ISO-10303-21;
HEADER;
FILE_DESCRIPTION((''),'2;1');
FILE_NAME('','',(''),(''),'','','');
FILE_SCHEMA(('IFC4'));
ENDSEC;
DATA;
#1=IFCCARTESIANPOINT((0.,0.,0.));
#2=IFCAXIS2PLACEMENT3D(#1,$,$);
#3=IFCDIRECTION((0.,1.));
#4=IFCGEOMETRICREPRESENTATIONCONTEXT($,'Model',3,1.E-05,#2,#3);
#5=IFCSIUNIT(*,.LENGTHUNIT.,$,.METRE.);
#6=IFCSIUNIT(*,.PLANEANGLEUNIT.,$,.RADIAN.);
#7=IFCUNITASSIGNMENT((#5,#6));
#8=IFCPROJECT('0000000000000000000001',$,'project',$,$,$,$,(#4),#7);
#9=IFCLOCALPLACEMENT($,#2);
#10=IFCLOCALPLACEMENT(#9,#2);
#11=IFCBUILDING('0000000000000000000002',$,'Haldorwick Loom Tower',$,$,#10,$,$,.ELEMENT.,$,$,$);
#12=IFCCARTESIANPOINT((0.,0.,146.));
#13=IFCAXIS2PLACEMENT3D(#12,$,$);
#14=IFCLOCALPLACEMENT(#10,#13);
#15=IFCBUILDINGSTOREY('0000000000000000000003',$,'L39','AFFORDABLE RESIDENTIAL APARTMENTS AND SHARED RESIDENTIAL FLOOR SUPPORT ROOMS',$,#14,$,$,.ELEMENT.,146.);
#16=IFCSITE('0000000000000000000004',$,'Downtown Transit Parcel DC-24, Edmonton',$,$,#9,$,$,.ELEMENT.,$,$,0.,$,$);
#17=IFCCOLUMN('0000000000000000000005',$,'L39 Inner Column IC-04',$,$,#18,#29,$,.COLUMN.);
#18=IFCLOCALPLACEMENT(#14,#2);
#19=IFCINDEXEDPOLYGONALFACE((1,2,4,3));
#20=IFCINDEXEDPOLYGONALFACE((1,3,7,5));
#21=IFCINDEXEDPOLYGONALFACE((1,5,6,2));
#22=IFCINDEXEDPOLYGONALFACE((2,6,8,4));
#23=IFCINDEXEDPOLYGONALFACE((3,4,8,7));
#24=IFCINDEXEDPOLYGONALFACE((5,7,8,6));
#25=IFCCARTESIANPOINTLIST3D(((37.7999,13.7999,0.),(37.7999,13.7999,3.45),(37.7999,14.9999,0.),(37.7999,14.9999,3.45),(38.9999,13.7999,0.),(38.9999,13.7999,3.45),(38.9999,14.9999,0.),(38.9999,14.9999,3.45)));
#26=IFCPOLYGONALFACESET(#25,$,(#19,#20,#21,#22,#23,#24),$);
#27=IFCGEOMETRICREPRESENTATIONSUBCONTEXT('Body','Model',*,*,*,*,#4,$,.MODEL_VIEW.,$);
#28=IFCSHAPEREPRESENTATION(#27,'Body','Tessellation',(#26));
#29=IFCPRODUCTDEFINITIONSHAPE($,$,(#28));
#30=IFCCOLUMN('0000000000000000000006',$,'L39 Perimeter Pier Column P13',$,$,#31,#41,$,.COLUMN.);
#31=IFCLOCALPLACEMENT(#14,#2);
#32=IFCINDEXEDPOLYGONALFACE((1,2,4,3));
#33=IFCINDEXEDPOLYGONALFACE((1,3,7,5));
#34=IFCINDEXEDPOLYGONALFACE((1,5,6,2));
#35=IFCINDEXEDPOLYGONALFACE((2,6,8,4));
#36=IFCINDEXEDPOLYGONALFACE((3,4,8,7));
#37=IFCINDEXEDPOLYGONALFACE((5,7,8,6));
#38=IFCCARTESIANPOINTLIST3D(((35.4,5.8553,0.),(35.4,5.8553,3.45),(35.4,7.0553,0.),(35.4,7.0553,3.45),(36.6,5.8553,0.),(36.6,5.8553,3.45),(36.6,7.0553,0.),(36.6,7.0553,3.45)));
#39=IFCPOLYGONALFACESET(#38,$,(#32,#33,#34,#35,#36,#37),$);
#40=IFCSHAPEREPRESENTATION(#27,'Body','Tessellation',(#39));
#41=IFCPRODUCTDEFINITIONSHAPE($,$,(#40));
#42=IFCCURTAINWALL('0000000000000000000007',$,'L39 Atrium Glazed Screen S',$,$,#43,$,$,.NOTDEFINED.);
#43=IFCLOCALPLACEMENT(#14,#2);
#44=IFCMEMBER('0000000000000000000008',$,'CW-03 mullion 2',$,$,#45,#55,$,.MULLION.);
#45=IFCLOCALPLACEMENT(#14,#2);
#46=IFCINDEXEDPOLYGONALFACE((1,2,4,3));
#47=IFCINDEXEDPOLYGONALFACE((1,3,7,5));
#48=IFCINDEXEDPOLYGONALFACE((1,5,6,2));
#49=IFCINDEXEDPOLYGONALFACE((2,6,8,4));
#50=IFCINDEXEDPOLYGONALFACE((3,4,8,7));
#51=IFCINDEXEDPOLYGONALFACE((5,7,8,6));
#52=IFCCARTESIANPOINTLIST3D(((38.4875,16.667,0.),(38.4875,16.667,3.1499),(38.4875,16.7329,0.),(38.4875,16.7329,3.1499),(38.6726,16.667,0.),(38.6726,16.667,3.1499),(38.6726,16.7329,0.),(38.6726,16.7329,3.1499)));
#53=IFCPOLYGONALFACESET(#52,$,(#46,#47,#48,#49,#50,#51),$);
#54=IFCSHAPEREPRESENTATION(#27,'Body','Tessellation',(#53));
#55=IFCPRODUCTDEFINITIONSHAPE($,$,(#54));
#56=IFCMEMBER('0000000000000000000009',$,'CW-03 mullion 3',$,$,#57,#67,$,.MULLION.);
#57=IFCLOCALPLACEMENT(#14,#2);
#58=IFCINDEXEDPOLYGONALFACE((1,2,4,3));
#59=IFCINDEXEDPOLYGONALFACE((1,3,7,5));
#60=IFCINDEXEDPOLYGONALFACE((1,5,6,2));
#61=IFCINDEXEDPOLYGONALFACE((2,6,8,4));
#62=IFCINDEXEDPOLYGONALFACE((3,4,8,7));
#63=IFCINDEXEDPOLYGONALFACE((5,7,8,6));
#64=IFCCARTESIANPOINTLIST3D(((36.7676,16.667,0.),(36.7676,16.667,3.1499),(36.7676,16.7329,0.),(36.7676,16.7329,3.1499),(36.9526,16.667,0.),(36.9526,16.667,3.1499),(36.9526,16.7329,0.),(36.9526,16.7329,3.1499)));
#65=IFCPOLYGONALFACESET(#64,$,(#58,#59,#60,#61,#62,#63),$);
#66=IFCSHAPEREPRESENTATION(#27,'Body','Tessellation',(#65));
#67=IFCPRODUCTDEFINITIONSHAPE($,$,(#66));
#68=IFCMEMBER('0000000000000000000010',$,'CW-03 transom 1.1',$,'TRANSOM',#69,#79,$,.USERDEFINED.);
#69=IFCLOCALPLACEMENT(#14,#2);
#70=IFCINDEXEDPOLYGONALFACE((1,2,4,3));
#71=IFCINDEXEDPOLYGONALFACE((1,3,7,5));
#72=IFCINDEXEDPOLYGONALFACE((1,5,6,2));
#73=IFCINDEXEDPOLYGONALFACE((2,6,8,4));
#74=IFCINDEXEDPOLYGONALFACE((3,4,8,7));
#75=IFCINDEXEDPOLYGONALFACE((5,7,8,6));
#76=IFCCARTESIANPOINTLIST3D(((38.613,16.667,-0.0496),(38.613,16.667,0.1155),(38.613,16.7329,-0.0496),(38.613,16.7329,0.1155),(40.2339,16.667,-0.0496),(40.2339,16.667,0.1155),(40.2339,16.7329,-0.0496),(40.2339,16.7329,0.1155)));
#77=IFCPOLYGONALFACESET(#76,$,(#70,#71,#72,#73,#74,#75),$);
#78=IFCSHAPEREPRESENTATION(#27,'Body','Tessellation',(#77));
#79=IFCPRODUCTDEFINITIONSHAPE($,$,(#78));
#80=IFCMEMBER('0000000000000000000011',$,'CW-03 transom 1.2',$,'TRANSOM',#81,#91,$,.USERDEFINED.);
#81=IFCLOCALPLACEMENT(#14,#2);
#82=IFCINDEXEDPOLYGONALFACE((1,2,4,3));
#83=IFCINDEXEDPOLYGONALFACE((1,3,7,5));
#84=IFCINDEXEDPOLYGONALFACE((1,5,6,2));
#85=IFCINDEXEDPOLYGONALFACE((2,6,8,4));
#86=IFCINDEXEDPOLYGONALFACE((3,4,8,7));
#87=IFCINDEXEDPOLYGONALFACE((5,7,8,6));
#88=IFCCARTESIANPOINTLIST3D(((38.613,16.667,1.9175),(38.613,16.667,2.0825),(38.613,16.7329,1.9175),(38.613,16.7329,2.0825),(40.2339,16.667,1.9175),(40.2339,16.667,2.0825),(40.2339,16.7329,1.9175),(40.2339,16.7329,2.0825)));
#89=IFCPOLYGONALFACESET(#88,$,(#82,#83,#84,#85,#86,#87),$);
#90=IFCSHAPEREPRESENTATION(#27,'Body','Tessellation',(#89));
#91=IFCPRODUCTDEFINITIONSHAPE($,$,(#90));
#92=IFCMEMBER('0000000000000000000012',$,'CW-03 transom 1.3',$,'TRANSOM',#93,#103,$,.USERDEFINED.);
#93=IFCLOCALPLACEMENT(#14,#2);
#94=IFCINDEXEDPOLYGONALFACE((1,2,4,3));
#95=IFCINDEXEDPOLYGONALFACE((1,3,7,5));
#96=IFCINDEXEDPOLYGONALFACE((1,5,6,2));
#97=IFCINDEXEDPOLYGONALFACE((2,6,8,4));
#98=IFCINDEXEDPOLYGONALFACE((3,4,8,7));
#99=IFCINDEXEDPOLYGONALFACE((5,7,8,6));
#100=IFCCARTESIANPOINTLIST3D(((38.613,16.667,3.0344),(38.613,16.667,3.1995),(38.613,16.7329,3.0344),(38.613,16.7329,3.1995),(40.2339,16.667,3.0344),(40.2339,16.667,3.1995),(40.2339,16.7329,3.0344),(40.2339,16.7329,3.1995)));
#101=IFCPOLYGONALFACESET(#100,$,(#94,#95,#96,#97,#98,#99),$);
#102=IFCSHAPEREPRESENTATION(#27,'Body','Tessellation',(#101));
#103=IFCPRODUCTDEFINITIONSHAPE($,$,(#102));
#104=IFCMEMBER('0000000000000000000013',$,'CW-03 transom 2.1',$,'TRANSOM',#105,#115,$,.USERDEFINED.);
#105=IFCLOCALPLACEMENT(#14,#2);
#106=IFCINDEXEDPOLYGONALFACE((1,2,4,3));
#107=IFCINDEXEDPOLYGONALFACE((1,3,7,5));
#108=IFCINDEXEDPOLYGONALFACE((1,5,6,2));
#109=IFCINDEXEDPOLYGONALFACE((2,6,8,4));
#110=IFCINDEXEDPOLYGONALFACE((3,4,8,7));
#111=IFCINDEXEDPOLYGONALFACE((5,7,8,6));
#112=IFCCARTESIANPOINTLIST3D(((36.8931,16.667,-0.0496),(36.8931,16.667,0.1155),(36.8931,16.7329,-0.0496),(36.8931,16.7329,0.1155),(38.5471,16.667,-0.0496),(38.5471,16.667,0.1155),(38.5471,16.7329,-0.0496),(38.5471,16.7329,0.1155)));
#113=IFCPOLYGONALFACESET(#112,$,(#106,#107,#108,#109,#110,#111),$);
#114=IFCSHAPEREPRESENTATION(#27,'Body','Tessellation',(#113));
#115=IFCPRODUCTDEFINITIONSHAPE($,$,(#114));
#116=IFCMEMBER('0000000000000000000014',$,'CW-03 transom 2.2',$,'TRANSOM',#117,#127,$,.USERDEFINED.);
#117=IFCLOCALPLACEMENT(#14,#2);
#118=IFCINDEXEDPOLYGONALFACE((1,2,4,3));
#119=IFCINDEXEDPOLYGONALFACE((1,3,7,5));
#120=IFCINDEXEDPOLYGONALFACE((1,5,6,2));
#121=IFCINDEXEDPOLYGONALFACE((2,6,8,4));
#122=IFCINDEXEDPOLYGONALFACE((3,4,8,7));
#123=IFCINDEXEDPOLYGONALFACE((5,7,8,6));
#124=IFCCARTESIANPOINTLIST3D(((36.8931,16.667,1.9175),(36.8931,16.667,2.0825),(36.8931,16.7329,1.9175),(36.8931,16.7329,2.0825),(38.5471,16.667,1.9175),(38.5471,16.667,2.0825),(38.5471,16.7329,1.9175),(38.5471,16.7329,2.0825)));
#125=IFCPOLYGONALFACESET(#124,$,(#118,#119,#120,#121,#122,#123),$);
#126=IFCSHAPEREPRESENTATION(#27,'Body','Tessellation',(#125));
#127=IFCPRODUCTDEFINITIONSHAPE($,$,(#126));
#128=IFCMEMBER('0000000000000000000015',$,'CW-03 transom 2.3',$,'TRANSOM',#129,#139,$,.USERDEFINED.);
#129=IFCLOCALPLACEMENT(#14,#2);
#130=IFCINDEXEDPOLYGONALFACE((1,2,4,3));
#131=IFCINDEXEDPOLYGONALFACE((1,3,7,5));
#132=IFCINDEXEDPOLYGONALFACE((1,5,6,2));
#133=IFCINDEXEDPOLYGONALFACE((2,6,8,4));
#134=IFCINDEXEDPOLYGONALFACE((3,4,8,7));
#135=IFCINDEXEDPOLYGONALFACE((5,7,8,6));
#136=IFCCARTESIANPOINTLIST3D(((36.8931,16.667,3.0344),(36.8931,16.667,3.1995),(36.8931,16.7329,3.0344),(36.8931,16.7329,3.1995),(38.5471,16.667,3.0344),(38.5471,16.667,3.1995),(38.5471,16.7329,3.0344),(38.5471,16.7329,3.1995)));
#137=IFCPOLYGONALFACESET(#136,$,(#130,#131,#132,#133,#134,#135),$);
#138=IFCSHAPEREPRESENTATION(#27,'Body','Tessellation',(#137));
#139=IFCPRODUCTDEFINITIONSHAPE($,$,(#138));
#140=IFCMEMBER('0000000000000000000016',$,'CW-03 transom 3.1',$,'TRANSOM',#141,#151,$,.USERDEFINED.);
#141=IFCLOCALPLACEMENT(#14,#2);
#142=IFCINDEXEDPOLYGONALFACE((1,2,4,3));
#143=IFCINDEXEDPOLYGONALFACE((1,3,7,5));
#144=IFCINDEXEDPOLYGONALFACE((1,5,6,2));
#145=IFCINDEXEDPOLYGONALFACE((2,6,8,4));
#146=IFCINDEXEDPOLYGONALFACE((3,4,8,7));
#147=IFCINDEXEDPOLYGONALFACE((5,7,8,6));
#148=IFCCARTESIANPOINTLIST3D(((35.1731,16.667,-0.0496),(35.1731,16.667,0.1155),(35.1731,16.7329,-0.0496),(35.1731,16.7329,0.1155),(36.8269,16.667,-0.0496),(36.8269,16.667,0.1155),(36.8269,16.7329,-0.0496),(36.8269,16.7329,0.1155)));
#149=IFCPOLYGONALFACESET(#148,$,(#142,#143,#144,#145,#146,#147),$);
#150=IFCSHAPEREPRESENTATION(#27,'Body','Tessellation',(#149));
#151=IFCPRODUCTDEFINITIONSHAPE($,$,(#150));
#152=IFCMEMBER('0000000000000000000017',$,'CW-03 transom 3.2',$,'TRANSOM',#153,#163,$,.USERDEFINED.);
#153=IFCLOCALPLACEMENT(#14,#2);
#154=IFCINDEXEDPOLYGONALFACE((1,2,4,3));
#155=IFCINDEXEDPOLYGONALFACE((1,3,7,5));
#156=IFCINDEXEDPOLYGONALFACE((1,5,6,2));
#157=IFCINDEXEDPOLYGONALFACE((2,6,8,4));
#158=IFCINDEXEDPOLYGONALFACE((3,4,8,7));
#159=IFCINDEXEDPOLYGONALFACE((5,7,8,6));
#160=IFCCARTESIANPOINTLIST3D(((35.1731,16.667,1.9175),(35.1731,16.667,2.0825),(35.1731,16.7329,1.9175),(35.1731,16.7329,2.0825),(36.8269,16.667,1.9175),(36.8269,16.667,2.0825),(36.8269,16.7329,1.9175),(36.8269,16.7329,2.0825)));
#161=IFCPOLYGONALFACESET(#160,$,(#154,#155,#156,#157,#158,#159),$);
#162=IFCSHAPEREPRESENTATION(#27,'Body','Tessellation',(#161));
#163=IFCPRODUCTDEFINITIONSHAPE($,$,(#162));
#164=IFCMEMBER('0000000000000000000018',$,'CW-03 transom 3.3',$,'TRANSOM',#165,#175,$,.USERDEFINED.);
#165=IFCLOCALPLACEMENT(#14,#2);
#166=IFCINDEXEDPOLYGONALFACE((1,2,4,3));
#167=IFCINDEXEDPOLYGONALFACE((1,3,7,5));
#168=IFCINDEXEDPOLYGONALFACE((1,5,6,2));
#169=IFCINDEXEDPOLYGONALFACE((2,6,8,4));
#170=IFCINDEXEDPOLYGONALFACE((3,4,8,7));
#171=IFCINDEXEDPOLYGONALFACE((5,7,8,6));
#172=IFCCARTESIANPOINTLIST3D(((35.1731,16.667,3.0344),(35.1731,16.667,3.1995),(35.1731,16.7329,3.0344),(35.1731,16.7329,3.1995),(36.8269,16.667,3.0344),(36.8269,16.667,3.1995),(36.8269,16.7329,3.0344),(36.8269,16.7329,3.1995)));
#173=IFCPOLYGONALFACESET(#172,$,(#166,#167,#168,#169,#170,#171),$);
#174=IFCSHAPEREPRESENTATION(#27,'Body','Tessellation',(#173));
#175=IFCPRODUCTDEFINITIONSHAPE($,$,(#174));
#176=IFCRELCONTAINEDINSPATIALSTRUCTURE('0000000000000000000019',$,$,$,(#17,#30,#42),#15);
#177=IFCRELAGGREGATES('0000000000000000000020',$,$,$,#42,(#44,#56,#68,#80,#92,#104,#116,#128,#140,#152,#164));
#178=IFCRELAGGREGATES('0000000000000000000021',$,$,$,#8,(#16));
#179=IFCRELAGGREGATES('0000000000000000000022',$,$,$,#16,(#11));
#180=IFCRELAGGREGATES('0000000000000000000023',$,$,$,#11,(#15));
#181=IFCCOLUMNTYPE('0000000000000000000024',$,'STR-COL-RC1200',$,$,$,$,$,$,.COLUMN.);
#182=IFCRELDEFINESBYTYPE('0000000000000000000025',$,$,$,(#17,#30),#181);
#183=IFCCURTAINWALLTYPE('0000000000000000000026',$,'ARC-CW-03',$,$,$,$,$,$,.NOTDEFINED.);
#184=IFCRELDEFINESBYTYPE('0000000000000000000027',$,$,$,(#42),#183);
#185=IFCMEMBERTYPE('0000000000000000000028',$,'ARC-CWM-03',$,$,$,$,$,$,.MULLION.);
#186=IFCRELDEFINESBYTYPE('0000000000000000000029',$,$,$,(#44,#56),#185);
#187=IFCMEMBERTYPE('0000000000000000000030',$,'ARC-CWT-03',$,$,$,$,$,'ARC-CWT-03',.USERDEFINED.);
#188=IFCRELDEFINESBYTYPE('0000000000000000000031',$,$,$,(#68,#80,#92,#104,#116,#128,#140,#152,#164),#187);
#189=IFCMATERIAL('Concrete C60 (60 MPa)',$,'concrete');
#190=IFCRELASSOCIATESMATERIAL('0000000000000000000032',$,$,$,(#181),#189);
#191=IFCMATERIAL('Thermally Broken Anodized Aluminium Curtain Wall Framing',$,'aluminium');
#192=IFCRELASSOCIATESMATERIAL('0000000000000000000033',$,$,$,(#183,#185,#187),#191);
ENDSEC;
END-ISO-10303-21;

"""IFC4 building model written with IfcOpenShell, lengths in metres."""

from ifc_helpers import new_model, si_unit, direction, frame, origin, origin_2d, place, context, subcontext, project, spatial, rectangle, extrude, material, material_profile, profile_set, type_object, element, aggregate, save


model = new_model("IFC4")

# Units and contexts
model_context = context("Model", 3, precision=1e-05, world=origin(), true_north=direction((0.0, 1.0)))
body_context = subcontext(model_context, "Body", "Model", "MODEL_VIEW")
ifc_project = project(units=[si_unit("LENGTHUNIT", "METRE"), si_unit("PLANEANGLEUNIT", "RADIAN")], contexts=[model_context])

# Site, building, storey
site_placement = place(None, origin())
site = spatial("IfcSite", under=ifc_project, at=site_placement, Name="Downtown Transit Parcel DC-24, Edmonton", CompositionType="ELEMENT", RefElevation=0.0)
building_placement = place(site_placement, origin())
building = spatial("IfcBuilding", under=site, at=building_placement, Name="Haldorwick Loom Tower", CompositionType="ELEMENT")
storey_placement = place(building_placement, frame((0.0, 0.0, 146.0)))
storey = spatial("IfcBuildingStorey", under=building, at=storey_placement, Name="L39", Description="AFFORDABLE RESIDENTIAL APARTMENTS AND SHARED RESIDENTIAL FLOOR SUPPORT ROOMS", CompositionType="ELEMENT", Elevation=146.0)

# Columns
ifc_material_1 = material(Name="Concrete C60 (60 MPa)", Category="concrete")
ifc_material_profile_1 = material_profile(ifc_material_1, rectangle(XDim=1.2, YDim=1.2, at=origin_2d()), Name="RC1200X1200", Category="concrete")
ifc_profile_set_1 = profile_set([ifc_material_profile_1], Name="Concrete C60 (60 MPa)")
column_type = type_object("IfcColumnType", Name="STR-COL-RC1200", PredefinedType="COLUMN", material=ifc_profile_set_1)
for number, where, z_axis, x_axis, name in (
    (1, (38.3999, 14.3999, 0.0), (0.0, 0.0, 1.0), (1.0, 0.0, 0.0), "L39 Inner Column IC-04"),
    (2, (36.0, 6.4553, 0.0), (0.0, 0.0, 1.0), (0.0, -1.0, 0.0), "L39 Perimeter Pier Column P13"),
):
    element("IfcColumn", number, at=place(storey_placement, frame(where, z_axis=z_axis, x_axis=x_axis)), inside=storey, type_object=column_type, Name=name, PredefinedType="COLUMN", context=body_context, shape_type="SweptSolid", body=[
        extrude(rectangle(XDim=1.2, YDim=1.2, at=origin_2d()), origin(), (0.0, 0.0, 1.0), 3.45),
    ])

# Curtain wall, members
ifc_material_2 = material(Name="Thermally Broken Anodized Aluminium Curtain Wall Framing", Category="aluminium")
curtain_wall_type = type_object("IfcCurtainWallType", Name="ARC-CW-03", PredefinedType="NOTDEFINED", material=ifc_material_2)
curtain_wall_placement = place(storey_placement, origin())
curtain_wall = element("IfcCurtainWall", 3, at=curtain_wall_placement, inside=storey, type_object=curtain_wall_type, Name="L39 Atrium Glazed Screen S", PredefinedType="NOTDEFINED")
ifc_material_profile_2 = material_profile(ifc_material_2, rectangle(XDim=0.0659, YDim=0.1851, at=origin_2d()), Name="ALU_MUL_66X185", Category="aluminium")
ifc_profile_set_2 = profile_set([ifc_material_profile_2], Name="Thermally Broken Anodized Aluminium Curtain Wall Framing")
member_type_1 = type_object("IfcMemberType", Name="ARC-CWM-03", PredefinedType="MULLION", material=ifc_profile_set_2)
member_1_placement = place(storey_placement, frame((38.5801, 16.7, 0.0), z_axis=(0.0, 0.0, 1.0), x_axis=(0.0, -1.0, 0.0)))
member_1 = element("IfcMember", 4, at=member_1_placement, type_object=member_type_1, Name="CW-03 mullion 2", PredefinedType="MULLION", context=body_context, shape_type="SweptSolid", body=[
    extrude(rectangle(XDim=0.0659, YDim=0.1851, at=origin_2d()), origin(), (0.0, 0.0, 1.0), 3.1499),
])
member_2_placement = place(storey_placement, frame((36.8601, 16.7, 0.0), z_axis=(0.0, 0.0, 1.0), x_axis=(0.0, -1.0, 0.0)))
member_2 = element("IfcMember", 5, at=member_2_placement, type_object=member_type_1, Name="CW-03 mullion 3", PredefinedType="MULLION", context=body_context, shape_type="SweptSolid", body=[
    extrude(rectangle(XDim=0.0659, YDim=0.1851, at=origin_2d()), origin(), (0.0, 0.0, 1.0), 3.1499),
])
ifc_material_profile_3 = material_profile(ifc_material_2, rectangle(XDim=0.0659, YDim=0.165, at=origin_2d()), Name="ALU_TRN_66X165", Category="aluminium")
ifc_profile_set_3 = profile_set([ifc_material_profile_3], Name="Thermally Broken Anodized Aluminium Curtain Wall Framing")
member_type_2 = type_object("IfcMemberType", Name="ARC-CWT-03", ElementType="ARC-CWT-03", PredefinedType="USERDEFINED", material=ifc_profile_set_3)
member_3_placement = place(storey_placement, frame((40.2339, 16.7, 0.033), z_axis=(-1.0, 0.0, 0.0), x_axis=(0.0, -1.0, 0.0)))
member_3 = element("IfcMember", 6, at=member_3_placement, type_object=member_type_2, Name="CW-03 transom 1.1", ObjectType="TRANSOM", PredefinedType="USERDEFINED", context=body_context, shape_type="SweptSolid", body=[
    extrude(rectangle(XDim=0.0659, YDim=0.165, at=origin_2d()), origin(), (0.0, 0.0, 1.0), 1.6208),
])
member_4_placement = place(storey_placement, frame((40.2339, 16.7, 2.0), z_axis=(-1.0, 0.0, 0.0), x_axis=(0.0, -1.0, 0.0)))
member_4 = element("IfcMember", 7, at=member_4_placement, type_object=member_type_2, Name="CW-03 transom 1.2", ObjectType="TRANSOM", PredefinedType="USERDEFINED", context=body_context, shape_type="SweptSolid", body=[
    extrude(rectangle(XDim=0.0659, YDim=0.165, at=origin_2d()), origin(), (0.0, 0.0, 1.0), 1.6208),
])
member_5_placement = place(storey_placement, frame((40.2339, 16.7, 3.1169), z_axis=(-1.0, 0.0, 0.0), x_axis=(0.0, -1.0, 0.0)))
member_5 = element("IfcMember", 8, at=member_5_placement, type_object=member_type_2, Name="CW-03 transom 1.3", ObjectType="TRANSOM", PredefinedType="USERDEFINED", context=body_context, shape_type="SweptSolid", body=[
    extrude(rectangle(XDim=0.0659, YDim=0.165, at=origin_2d()), origin(), (0.0, 0.0, 1.0), 1.6208),
])
member_6_placement = place(storey_placement, frame((38.5471, 16.7, 0.033), z_axis=(-1.0, 0.0, 0.0), x_axis=(0.0, -1.0, 0.0)))
member_6 = element("IfcMember", 9, at=member_6_placement, type_object=member_type_2, Name="CW-03 transom 2.1", ObjectType="TRANSOM", PredefinedType="USERDEFINED", context=body_context, shape_type="SweptSolid", body=[
    extrude(rectangle(XDim=0.0659, YDim=0.165, at=origin_2d()), origin(), (0.0, 0.0, 1.0), 1.6541),
])
member_7_placement = place(storey_placement, frame((38.5471, 16.7, 2.0), z_axis=(-1.0, 0.0, 0.0), x_axis=(0.0, -1.0, 0.0)))
member_7 = element("IfcMember", 10, at=member_7_placement, type_object=member_type_2, Name="CW-03 transom 2.2", ObjectType="TRANSOM", PredefinedType="USERDEFINED", context=body_context, shape_type="SweptSolid", body=[
    extrude(rectangle(XDim=0.0659, YDim=0.165, at=origin_2d()), origin(), (0.0, 0.0, 1.0), 1.6541),
])
member_8_placement = place(storey_placement, frame((38.5471, 16.7, 3.1169), z_axis=(-1.0, 0.0, 0.0), x_axis=(0.0, -1.0, 0.0)))
member_8 = element("IfcMember", 11, at=member_8_placement, type_object=member_type_2, Name="CW-03 transom 2.3", ObjectType="TRANSOM", PredefinedType="USERDEFINED", context=body_context, shape_type="SweptSolid", body=[
    extrude(rectangle(XDim=0.0659, YDim=0.165, at=origin_2d()), origin(), (0.0, 0.0, 1.0), 1.6541),
])
member_9_placement = place(storey_placement, frame((36.8269, 16.7, 0.033), z_axis=(-1.0, 0.0, 0.0), x_axis=(0.0, -1.0, 0.0)))
member_9 = element("IfcMember", 12, at=member_9_placement, type_object=member_type_2, Name="CW-03 transom 3.1", ObjectType="TRANSOM", PredefinedType="USERDEFINED", context=body_context, shape_type="SweptSolid", body=[
    extrude(rectangle(XDim=0.0659, YDim=0.165, at=origin_2d()), origin(), (0.0, 0.0, 1.0), 1.6538),
])
member_10_placement = place(storey_placement, frame((36.8269, 16.7, 2.0), z_axis=(-1.0, 0.0, 0.0), x_axis=(0.0, -1.0, 0.0)))
member_10 = element("IfcMember", 13, at=member_10_placement, type_object=member_type_2, Name="CW-03 transom 3.2", ObjectType="TRANSOM", PredefinedType="USERDEFINED", context=body_context, shape_type="SweptSolid", body=[
    extrude(rectangle(XDim=0.0659, YDim=0.165, at=origin_2d()), origin(), (0.0, 0.0, 1.0), 1.6538),
])
member_11_placement = place(storey_placement, frame((36.8269, 16.7, 3.1169), z_axis=(-1.0, 0.0, 0.0), x_axis=(0.0, -1.0, 0.0)))
member_11 = element("IfcMember", 14, at=member_11_placement, type_object=member_type_2, Name="CW-03 transom 3.3", ObjectType="TRANSOM", PredefinedType="USERDEFINED", context=body_context, shape_type="SweptSolid", body=[
    extrude(rectangle(XDim=0.0659, YDim=0.165, at=origin_2d()), origin(), (0.0, 0.0, 1.0), 1.6538),
])

aggregate(curtain_wall, [member_1, member_2, member_3, member_4, member_5, member_6, member_7, member_8, member_9, member_10, member_11])

save(model, "model.ifc")
